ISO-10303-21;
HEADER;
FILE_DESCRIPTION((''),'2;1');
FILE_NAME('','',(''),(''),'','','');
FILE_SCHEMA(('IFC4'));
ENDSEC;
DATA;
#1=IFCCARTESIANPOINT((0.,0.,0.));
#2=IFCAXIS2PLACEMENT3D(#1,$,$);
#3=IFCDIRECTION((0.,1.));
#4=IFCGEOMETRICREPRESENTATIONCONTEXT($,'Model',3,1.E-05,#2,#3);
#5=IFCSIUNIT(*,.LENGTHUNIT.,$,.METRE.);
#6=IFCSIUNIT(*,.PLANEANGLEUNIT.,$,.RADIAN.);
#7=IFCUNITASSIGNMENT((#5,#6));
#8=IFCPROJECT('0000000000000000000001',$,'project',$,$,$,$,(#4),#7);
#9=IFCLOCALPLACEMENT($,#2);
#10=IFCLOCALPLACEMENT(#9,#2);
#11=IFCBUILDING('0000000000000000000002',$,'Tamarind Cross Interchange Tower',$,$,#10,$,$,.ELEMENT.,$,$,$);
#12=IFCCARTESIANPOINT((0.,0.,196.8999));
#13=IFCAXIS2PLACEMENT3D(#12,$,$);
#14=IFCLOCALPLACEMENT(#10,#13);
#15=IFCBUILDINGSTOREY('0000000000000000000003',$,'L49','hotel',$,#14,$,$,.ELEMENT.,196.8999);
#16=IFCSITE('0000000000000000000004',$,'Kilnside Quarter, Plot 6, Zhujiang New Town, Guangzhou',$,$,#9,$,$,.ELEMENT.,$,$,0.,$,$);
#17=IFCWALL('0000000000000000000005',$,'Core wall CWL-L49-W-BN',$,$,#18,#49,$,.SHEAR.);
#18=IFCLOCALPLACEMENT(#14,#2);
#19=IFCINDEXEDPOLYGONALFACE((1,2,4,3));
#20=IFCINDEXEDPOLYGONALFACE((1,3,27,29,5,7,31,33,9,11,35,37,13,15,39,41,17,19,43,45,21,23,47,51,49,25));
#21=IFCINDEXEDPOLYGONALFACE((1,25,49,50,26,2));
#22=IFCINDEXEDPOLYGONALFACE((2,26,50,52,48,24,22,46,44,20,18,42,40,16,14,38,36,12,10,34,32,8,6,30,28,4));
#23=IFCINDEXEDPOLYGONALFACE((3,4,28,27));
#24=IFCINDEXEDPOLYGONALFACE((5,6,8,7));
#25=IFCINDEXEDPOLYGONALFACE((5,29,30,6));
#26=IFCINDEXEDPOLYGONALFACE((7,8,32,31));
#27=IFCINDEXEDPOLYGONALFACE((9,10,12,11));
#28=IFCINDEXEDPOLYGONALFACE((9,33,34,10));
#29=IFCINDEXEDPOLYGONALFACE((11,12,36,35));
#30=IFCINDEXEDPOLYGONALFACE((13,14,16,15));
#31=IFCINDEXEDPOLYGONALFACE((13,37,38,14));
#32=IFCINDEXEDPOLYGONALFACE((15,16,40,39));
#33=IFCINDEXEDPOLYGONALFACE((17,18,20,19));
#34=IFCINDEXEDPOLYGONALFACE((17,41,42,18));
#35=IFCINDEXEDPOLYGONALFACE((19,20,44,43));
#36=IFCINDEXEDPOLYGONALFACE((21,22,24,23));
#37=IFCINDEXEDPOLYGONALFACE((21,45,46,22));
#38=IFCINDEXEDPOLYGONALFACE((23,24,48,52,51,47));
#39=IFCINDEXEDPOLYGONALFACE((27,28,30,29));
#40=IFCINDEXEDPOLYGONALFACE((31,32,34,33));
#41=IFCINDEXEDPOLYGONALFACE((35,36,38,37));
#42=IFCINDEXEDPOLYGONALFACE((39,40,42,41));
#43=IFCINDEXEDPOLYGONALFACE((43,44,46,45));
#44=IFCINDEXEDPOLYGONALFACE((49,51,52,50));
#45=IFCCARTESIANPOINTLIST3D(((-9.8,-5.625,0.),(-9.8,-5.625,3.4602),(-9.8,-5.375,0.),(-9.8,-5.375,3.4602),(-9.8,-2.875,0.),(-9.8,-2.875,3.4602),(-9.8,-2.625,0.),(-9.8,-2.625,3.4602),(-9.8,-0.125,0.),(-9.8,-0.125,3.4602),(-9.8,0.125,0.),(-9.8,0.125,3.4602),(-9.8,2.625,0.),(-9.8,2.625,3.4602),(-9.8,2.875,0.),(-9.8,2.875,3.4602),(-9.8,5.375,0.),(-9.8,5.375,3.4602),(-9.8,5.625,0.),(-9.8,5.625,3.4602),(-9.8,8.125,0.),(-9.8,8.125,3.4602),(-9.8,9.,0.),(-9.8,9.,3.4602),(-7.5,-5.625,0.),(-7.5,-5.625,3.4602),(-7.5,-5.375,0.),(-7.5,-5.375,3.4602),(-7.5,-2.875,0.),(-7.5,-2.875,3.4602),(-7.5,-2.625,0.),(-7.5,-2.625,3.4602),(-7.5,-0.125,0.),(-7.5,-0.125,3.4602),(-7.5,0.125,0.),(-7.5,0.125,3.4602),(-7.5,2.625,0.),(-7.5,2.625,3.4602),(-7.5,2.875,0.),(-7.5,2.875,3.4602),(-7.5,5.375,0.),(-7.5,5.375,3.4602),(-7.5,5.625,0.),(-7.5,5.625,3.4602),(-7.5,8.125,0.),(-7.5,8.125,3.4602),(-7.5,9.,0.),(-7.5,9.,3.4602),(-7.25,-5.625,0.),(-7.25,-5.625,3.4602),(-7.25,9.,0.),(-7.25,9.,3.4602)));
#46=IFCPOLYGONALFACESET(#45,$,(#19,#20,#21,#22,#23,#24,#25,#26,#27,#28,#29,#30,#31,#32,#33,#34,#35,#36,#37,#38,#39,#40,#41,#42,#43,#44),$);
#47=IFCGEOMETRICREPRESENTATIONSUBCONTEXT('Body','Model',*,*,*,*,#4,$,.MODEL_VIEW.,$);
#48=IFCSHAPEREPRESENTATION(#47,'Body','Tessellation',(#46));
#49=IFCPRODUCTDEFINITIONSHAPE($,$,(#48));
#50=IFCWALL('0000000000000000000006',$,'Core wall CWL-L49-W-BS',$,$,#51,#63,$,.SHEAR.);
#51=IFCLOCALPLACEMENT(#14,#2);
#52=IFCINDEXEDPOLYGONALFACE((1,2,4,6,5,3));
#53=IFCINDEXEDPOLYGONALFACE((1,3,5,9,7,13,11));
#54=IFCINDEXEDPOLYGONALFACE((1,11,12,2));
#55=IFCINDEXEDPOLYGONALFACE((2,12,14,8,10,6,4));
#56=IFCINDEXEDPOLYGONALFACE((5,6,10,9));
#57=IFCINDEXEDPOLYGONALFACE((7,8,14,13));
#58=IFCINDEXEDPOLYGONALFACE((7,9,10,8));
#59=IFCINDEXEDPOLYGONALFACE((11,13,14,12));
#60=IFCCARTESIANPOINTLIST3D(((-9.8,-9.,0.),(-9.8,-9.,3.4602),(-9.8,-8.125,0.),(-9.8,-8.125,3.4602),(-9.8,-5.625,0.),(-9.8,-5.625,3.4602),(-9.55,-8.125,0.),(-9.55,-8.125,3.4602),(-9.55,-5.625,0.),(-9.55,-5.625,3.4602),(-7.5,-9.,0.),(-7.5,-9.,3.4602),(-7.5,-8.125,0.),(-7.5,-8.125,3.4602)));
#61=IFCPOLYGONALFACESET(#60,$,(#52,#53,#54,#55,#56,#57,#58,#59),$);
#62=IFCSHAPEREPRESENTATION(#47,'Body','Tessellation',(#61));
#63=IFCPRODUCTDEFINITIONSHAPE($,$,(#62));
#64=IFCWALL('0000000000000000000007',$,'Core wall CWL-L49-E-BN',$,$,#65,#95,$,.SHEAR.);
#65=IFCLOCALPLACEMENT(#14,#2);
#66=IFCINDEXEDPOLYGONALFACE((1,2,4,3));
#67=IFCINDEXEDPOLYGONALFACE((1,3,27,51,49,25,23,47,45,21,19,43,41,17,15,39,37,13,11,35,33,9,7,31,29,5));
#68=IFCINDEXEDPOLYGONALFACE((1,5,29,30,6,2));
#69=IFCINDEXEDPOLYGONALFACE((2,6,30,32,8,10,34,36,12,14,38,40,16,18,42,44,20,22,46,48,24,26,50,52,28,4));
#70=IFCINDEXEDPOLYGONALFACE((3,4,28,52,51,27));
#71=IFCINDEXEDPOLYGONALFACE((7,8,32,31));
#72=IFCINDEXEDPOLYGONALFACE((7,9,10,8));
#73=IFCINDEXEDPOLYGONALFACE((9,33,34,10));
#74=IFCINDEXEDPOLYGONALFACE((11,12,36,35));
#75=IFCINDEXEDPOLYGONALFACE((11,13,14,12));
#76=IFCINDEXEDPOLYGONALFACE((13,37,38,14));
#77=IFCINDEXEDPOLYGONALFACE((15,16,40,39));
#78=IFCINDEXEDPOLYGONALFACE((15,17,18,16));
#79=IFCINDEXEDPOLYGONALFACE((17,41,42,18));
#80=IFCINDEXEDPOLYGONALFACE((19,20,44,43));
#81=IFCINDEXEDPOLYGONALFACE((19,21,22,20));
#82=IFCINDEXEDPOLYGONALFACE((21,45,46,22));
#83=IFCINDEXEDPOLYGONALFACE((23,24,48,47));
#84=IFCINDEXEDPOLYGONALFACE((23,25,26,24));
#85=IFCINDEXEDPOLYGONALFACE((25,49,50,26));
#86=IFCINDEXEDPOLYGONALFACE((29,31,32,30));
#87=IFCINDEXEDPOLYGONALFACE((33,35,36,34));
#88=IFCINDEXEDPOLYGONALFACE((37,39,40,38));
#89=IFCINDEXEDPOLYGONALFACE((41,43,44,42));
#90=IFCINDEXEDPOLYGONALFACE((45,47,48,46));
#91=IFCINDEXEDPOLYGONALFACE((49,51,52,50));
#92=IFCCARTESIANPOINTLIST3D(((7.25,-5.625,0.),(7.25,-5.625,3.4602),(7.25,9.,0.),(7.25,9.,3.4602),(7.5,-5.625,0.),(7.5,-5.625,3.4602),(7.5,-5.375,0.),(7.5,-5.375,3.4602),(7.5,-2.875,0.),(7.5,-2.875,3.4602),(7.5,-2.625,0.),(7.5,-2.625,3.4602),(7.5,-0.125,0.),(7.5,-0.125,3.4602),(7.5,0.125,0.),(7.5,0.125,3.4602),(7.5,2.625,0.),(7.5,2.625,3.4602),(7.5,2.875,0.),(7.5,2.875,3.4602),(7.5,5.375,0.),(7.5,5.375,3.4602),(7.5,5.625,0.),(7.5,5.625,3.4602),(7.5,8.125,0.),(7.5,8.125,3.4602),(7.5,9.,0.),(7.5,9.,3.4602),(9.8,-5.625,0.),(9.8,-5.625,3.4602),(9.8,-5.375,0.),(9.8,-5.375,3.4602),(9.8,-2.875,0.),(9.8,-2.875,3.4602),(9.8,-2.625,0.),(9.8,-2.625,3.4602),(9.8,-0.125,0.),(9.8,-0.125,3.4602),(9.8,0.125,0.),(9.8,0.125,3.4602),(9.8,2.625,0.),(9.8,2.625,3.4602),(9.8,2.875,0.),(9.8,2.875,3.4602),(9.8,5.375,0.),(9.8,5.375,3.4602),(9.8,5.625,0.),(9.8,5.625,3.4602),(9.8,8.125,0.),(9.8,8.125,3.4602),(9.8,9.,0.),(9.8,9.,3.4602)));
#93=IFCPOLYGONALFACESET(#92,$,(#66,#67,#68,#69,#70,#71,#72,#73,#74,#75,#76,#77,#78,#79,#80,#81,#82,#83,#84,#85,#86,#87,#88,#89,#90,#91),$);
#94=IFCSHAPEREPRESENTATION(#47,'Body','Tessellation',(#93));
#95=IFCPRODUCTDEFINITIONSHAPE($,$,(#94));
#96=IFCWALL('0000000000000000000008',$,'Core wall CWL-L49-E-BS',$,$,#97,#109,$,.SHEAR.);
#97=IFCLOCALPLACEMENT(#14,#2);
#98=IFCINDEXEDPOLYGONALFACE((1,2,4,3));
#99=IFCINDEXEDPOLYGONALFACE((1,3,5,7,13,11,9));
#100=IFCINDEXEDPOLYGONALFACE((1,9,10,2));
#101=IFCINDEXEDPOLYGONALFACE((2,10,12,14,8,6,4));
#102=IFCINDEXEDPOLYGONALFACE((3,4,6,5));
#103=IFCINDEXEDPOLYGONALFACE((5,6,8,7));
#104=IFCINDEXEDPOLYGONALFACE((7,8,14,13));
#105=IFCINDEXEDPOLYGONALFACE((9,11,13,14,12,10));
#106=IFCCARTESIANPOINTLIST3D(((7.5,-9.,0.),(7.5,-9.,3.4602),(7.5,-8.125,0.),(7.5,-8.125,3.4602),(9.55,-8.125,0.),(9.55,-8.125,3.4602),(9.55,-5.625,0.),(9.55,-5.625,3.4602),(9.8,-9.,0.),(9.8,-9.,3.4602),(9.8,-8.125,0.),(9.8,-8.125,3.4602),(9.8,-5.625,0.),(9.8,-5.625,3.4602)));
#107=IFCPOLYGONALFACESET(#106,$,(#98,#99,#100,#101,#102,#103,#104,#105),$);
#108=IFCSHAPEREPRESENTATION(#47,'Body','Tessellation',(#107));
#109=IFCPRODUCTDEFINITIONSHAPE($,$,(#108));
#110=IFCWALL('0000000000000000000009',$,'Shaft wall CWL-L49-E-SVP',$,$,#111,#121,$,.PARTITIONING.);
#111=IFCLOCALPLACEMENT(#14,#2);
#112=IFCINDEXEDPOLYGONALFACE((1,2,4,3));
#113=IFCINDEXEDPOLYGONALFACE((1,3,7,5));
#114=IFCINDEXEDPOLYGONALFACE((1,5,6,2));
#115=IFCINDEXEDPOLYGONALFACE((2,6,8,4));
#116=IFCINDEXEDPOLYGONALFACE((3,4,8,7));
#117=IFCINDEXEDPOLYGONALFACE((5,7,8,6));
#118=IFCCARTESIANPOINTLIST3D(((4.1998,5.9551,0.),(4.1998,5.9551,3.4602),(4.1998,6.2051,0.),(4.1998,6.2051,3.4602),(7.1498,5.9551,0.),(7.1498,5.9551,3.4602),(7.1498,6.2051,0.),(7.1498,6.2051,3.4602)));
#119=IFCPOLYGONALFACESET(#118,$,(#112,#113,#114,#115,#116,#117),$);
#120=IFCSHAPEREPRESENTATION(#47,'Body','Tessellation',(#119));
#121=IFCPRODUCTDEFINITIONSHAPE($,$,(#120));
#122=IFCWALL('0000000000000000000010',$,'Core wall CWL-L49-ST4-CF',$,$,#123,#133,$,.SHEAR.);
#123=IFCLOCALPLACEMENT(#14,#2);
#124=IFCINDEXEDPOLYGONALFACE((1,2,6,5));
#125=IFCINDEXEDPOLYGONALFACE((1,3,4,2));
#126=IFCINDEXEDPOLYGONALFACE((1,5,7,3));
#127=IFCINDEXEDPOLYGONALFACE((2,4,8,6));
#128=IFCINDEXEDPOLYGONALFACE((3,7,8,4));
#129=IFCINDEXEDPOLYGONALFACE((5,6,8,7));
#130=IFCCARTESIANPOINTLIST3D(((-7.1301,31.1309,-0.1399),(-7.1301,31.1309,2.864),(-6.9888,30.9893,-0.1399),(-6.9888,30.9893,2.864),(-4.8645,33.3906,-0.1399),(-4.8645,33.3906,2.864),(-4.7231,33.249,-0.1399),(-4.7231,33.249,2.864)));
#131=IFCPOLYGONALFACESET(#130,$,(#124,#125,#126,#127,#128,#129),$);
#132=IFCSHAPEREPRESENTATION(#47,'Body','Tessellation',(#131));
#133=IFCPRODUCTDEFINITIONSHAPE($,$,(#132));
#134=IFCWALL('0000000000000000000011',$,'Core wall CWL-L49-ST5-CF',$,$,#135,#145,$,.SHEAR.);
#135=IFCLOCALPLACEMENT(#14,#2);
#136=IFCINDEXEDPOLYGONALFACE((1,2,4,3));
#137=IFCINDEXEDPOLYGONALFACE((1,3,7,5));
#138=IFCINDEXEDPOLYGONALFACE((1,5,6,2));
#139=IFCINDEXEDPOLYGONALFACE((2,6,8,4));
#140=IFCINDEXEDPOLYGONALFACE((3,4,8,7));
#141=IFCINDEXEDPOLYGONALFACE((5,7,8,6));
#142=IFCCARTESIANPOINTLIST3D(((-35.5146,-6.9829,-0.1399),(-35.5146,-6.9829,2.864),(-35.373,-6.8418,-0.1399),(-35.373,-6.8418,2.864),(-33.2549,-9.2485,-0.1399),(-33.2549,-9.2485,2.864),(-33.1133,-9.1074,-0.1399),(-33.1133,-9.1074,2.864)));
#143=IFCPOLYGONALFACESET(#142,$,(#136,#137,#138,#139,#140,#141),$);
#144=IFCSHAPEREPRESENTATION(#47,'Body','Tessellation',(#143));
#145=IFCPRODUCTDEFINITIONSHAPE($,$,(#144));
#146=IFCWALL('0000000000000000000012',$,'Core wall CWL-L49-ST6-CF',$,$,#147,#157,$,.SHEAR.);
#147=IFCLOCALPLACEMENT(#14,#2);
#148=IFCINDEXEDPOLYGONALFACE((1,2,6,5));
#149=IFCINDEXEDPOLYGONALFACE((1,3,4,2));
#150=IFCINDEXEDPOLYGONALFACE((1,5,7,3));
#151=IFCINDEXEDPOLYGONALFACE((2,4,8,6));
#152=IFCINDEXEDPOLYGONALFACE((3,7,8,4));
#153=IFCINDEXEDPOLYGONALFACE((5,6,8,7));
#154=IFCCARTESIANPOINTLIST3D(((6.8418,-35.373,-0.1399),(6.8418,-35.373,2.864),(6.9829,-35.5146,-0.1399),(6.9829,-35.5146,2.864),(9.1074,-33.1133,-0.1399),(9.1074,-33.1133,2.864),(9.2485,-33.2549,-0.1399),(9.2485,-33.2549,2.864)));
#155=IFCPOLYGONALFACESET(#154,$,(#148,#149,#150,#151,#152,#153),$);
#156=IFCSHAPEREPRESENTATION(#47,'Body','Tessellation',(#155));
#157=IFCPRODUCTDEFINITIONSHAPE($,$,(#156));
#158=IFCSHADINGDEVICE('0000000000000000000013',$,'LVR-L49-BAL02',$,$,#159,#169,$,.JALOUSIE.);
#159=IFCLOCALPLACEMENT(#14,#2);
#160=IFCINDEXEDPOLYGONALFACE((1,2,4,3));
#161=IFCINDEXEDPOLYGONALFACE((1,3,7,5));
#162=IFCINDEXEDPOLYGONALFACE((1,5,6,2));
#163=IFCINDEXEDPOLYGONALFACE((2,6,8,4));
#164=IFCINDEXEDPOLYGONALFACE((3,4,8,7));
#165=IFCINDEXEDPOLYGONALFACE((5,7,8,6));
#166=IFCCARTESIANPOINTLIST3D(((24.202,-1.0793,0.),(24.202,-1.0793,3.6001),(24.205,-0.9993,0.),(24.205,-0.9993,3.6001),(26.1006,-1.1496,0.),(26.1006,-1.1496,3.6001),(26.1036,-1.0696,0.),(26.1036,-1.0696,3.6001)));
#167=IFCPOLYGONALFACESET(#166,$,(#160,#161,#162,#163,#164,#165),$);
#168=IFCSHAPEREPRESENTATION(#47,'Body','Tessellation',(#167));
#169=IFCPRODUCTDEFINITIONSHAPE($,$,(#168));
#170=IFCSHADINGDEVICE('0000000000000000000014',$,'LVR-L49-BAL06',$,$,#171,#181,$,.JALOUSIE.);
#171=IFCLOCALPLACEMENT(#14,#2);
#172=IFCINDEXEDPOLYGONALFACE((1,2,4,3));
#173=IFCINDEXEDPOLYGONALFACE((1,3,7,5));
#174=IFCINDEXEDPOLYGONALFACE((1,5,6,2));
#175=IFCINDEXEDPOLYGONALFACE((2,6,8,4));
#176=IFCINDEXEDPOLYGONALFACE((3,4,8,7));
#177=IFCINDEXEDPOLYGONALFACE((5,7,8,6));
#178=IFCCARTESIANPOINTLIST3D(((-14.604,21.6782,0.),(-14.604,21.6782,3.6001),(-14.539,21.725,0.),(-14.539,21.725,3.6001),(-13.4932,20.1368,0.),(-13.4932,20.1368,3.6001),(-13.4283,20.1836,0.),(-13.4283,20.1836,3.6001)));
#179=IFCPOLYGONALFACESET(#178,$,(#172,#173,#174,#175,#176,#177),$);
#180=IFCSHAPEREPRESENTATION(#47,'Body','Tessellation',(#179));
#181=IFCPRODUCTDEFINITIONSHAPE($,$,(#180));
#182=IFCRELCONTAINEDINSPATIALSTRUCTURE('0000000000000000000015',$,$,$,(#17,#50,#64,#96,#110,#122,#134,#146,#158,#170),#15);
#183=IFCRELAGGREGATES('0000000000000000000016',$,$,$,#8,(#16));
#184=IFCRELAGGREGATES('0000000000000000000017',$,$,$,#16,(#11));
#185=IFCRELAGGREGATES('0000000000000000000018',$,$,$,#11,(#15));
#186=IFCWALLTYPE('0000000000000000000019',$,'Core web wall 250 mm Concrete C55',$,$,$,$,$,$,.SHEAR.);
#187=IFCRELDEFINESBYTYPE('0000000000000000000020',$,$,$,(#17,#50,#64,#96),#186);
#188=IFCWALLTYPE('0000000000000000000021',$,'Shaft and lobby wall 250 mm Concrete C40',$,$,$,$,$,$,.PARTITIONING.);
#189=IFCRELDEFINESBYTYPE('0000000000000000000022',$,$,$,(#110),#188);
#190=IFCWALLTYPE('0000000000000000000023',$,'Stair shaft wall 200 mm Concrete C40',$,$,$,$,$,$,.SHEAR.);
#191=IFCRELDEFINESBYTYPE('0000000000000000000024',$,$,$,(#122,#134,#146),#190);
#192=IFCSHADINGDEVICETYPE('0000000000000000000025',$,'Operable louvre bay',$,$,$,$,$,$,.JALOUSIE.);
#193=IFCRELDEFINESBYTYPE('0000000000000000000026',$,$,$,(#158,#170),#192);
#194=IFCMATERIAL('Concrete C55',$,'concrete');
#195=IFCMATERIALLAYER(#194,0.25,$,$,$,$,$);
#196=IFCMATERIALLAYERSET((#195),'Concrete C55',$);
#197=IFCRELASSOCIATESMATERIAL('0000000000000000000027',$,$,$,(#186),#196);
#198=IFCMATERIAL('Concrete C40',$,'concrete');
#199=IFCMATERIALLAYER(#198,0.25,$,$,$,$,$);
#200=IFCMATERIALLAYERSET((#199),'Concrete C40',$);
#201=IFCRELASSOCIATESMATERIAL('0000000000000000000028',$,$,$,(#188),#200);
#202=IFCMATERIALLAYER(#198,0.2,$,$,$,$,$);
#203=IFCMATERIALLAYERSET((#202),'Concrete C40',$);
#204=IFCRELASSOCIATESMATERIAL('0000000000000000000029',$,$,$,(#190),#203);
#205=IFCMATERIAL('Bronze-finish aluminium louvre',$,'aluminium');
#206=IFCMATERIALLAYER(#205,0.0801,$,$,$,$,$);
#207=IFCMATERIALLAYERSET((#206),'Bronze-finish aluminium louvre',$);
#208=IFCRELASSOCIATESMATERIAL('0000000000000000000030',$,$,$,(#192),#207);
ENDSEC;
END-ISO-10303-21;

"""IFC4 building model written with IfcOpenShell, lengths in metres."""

from ifc_helpers import new_model, si_unit, direction, frame, frame_2d, origin, origin_2d, place, context, subcontext, project, spatial, polyline, rectangle, outline, extrude, material, layer, layer_set, type_object, element, save


model = new_model("IFC4")

# Units and contexts
model_context = context("Model", 3, precision=1e-05, world=origin(), true_north=direction((0.0, 1.0)))
body_context = subcontext(model_context, "Body", "Model", "MODEL_VIEW")
ifc_project = project(units=[si_unit("LENGTHUNIT", "METRE"), si_unit("PLANEANGLEUNIT", "RADIAN")], contexts=[model_context])

# Site, building, storey
site_placement = place(None, origin())
site = spatial("IfcSite", under=ifc_project, at=site_placement, Name="Kilnside Quarter, Plot 6, Zhujiang New Town, Guangzhou", CompositionType="ELEMENT", RefElevation=0.0)
building_placement = place(site_placement, origin())
building = spatial("IfcBuilding", under=site, at=building_placement, Name="Tamarind Cross Interchange Tower", CompositionType="ELEMENT")
storey_placement = place(building_placement, frame((0.0, 0.0, 196.8999)))
storey = spatial("IfcBuildingStorey", under=building, at=storey_placement, Name="L49", Description="hotel", CompositionType="ELEMENT", Elevation=196.8999)

# Shared definitions
ifc_material_1 = material(Name="Concrete C55", Category="concrete")

# Shared definitions
ifc_material_2 = material(Name="Concrete C40", Category="concrete")

# Walls
ifc_layer_1 = layer(ifc_material_1, 0.25)
ifc_layer_set_1 = layer_set([ifc_layer_1], Name="Concrete C55")
wall_type_1 = type_object("IfcWallType", Name="Core web wall 250 mm Concrete C55", PredefinedType="SHEAR", material=ifc_layer_set_1)
wall_1_placement = place(storey_placement, origin())
element("IfcWall", 1, at=wall_1_placement, inside=storey, type_object=wall_type_1, Name="Core wall CWL-L49-W-BN", PredefinedType="SHEAR", context=body_context, shape_type="SweptSolid", body=[
    extrude(outline(polyline([(-9.8, -5.375), (-9.8, -5.625), (-7.5, -5.625), (-7.25, -5.625), (-7.25, 9.0), (-7.5, 9.0), (-9.8, 9.0), (-9.8, 8.125), (-7.5, 8.125), (-7.5, 5.625), (-9.8, 5.625), (-9.8, 5.375), (-7.5, 5.375), (-7.5, 2.875), (-9.8, 2.875), (-9.8, 2.625), (-7.5, 2.625), (-7.5, 0.125), (-9.8, 0.125), (-9.8, -0.125), (-7.5, -0.125), (-7.5, -2.625), (-9.8, -2.625), (-9.8, -2.875), (-7.5, -2.875), (-7.5, -5.375), (-9.8, -5.375)])), origin(), (0.0, 0.0, 1.0), 3.4602),
])
wall_2_placement = place(storey_placement, origin())
element("IfcWall", 2, at=wall_2_placement, inside=storey, type_object=wall_type_1, Name="Core wall CWL-L49-W-BS", PredefinedType="SHEAR", context=body_context, shape_type="SweptSolid", body=[
    extrude(outline(polyline([(-7.5, -8.125), (-9.55, -8.125), (-9.55, -5.625), (-9.8, -5.625), (-9.8, -8.125), (-9.8, -9.0), (-7.5, -9.0), (-7.5, -8.125)])), origin(), (0.0, 0.0, 1.0), 3.4602),
])
wall_3_placement = place(storey_placement, origin())
element("IfcWall", 3, at=wall_3_placement, inside=storey, type_object=wall_type_1, Name="Core wall CWL-L49-E-BN", PredefinedType="SHEAR", context=body_context, shape_type="SweptSolid", body=[
    extrude(outline(polyline([(9.8, -5.375), (7.5, -5.375), (7.5, -2.875), (9.8, -2.875), (9.8, -2.625), (7.5, -2.625), (7.5, -0.125), (9.8, -0.125), (9.8, 0.125), (7.5, 0.125), (7.5, 2.625), (9.8, 2.625), (9.8, 2.875), (7.5, 2.875), (7.5, 5.375), (9.8, 5.375), (9.8, 5.625), (7.5, 5.625), (7.5, 8.125), (9.8, 8.125), (9.8, 9.0), (7.5, 9.0), (7.25, 9.0), (7.25, -5.625), (7.5, -5.625), (9.8, -5.625), (9.8, -5.375)])), origin(), (0.0, 0.0, 1.0), 3.4602),
])
wall_4_placement = place(storey_placement, origin())
element("IfcWall", 4, at=wall_4_placement, inside=storey, type_object=wall_type_1, Name="Core wall CWL-L49-E-BS", PredefinedType="SHEAR", context=body_context, shape_type="SweptSolid", body=[
    extrude(outline(polyline([(7.5, -8.125), (7.5, -9.0), (9.8, -9.0), (9.8, -8.125), (9.8, -5.625), (9.55, -5.625), (9.55, -8.125), (7.5, -8.125)])), origin(), (0.0, 0.0, 1.0), 3.4602),
])
ifc_layer_2 = layer(ifc_material_2, 0.25)
ifc_layer_set_2 = layer_set([ifc_layer_2], Name="Concrete C40")
wall_type_2 = type_object("IfcWallType", Name="Shaft and lobby wall 250 mm Concrete C40", PredefinedType="PARTITIONING", material=ifc_layer_set_2)
wall_5_placement = place(storey_placement, frame((7.1499, 6.0801, 0.0), z_axis=(0.0, 0.0, 1.0), x_axis=(-1.0, 0.0, 0.0)))
element("IfcWall", 5, at=wall_5_placement, inside=storey, type_object=wall_type_2, Name="Shaft wall CWL-L49-E-SVP", PredefinedType="PARTITIONING", context=body_context, shape_type="SweptSolid", body=[
    extrude(rectangle(XDim=2.95, YDim=0.25, at=frame_2d((1.4751, 0.0))), origin(), (0.0, 0.0, 1.0), 3.4602),
])
ifc_layer_3 = layer(ifc_material_2, 0.2)
ifc_layer_set_3 = layer_set([ifc_layer_3], Name="Concrete C40")
wall_type_3 = type_object("IfcWallType", Name="Stair shaft wall 200 mm Concrete C40", PredefinedType="SHEAR", material=ifc_layer_set_3)
wall_6_placement = place(storey_placement, frame((0.0, 0.0, -0.1399)))
element("IfcWall", 6, at=wall_6_placement, inside=storey, type_object=wall_type_3, Name="Core wall CWL-L49-ST4-CF", PredefinedType="SHEAR", context=body_context, shape_type="SweptSolid", body=[
    extrude(outline(polyline([(-4.7231, 33.249), (-4.8645, 33.3906), (-7.1301, 31.1309), (-6.9888, 30.9893), (-4.7231, 33.249)])), origin(), (0.0, 0.0, 1.0), 3.0039),
])
wall_7_placement = place(storey_placement, frame((0.0, 0.0, -0.1399)))
element("IfcWall", 7, at=wall_7_placement, inside=storey, type_object=wall_type_3, Name="Core wall CWL-L49-ST5-CF", PredefinedType="SHEAR", context=body_context, shape_type="SweptSolid", body=[
    extrude(outline(polyline([(-35.373, -6.8418), (-35.5146, -6.9829), (-33.2549, -9.2485), (-33.1133, -9.1074), (-35.373, -6.8418)])), origin(), (0.0, 0.0, 1.0), 3.0039),
])
wall_8_placement = place(storey_placement, frame((0.0, 0.0, -0.1399)))
element("IfcWall", 8, at=wall_8_placement, inside=storey, type_object=wall_type_3, Name="Core wall CWL-L49-ST6-CF", PredefinedType="SHEAR", context=body_context, shape_type="SweptSolid", body=[
    extrude(outline(polyline([(6.8418, -35.373), (6.9829, -35.5146), (9.2485, -33.2549), (9.1074, -33.1133), (6.8418, -35.373)])), origin(), (0.0, 0.0, 1.0), 3.0039),
])

# Shading devices
ifc_material_3 = material(Name="Bronze-finish aluminium louvre", Category="aluminium")
ifc_layer_4 = layer(ifc_material_3, 0.0801)
ifc_layer_set_4 = layer_set([ifc_layer_4], Name="Bronze-finish aluminium louvre")
shading_device_type = type_object("IfcShadingDeviceType", Name="Operable louvre bay", PredefinedType="JALOUSIE", material=ifc_layer_set_4)
shading_device_1_placement = place(storey_placement, origin())
element("IfcShadingDevice", 9, at=shading_device_1_placement, inside=storey, type_object=shading_device_type, Name="LVR-L49-BAL02", PredefinedType="JALOUSIE", context=body_context, shape_type="SweptSolid", body=[
    extrude(rectangle(XDim=1.8999, YDim=0.0801, at=origin_2d()), frame((25.1528, -1.0745, 0.0), z_axis=(0.0, 0.0, 1.0), x_axis=(0.999314, -0.037025, 0.0)), (0.0, 0.0, 1.0), 3.6001),
])
shading_device_2_placement = place(storey_placement, origin())
element("IfcShadingDevice", 10, at=shading_device_2_placement, inside=storey, type_object=shading_device_type, Name="LVR-L49-BAL06", PredefinedType="JALOUSIE", context=body_context, shape_type="SweptSolid", body=[
    extrude(rectangle(XDim=1.8999, YDim=0.0801, at=origin_2d()), frame((-14.0161, 20.9309, 0.0), z_axis=(0.0, 0.0, 1.0), x_axis=(-0.584638, 0.811294, 0.0)), (0.0, 0.0, 1.0), 3.6001),
])

save(model, "model.ifc")
